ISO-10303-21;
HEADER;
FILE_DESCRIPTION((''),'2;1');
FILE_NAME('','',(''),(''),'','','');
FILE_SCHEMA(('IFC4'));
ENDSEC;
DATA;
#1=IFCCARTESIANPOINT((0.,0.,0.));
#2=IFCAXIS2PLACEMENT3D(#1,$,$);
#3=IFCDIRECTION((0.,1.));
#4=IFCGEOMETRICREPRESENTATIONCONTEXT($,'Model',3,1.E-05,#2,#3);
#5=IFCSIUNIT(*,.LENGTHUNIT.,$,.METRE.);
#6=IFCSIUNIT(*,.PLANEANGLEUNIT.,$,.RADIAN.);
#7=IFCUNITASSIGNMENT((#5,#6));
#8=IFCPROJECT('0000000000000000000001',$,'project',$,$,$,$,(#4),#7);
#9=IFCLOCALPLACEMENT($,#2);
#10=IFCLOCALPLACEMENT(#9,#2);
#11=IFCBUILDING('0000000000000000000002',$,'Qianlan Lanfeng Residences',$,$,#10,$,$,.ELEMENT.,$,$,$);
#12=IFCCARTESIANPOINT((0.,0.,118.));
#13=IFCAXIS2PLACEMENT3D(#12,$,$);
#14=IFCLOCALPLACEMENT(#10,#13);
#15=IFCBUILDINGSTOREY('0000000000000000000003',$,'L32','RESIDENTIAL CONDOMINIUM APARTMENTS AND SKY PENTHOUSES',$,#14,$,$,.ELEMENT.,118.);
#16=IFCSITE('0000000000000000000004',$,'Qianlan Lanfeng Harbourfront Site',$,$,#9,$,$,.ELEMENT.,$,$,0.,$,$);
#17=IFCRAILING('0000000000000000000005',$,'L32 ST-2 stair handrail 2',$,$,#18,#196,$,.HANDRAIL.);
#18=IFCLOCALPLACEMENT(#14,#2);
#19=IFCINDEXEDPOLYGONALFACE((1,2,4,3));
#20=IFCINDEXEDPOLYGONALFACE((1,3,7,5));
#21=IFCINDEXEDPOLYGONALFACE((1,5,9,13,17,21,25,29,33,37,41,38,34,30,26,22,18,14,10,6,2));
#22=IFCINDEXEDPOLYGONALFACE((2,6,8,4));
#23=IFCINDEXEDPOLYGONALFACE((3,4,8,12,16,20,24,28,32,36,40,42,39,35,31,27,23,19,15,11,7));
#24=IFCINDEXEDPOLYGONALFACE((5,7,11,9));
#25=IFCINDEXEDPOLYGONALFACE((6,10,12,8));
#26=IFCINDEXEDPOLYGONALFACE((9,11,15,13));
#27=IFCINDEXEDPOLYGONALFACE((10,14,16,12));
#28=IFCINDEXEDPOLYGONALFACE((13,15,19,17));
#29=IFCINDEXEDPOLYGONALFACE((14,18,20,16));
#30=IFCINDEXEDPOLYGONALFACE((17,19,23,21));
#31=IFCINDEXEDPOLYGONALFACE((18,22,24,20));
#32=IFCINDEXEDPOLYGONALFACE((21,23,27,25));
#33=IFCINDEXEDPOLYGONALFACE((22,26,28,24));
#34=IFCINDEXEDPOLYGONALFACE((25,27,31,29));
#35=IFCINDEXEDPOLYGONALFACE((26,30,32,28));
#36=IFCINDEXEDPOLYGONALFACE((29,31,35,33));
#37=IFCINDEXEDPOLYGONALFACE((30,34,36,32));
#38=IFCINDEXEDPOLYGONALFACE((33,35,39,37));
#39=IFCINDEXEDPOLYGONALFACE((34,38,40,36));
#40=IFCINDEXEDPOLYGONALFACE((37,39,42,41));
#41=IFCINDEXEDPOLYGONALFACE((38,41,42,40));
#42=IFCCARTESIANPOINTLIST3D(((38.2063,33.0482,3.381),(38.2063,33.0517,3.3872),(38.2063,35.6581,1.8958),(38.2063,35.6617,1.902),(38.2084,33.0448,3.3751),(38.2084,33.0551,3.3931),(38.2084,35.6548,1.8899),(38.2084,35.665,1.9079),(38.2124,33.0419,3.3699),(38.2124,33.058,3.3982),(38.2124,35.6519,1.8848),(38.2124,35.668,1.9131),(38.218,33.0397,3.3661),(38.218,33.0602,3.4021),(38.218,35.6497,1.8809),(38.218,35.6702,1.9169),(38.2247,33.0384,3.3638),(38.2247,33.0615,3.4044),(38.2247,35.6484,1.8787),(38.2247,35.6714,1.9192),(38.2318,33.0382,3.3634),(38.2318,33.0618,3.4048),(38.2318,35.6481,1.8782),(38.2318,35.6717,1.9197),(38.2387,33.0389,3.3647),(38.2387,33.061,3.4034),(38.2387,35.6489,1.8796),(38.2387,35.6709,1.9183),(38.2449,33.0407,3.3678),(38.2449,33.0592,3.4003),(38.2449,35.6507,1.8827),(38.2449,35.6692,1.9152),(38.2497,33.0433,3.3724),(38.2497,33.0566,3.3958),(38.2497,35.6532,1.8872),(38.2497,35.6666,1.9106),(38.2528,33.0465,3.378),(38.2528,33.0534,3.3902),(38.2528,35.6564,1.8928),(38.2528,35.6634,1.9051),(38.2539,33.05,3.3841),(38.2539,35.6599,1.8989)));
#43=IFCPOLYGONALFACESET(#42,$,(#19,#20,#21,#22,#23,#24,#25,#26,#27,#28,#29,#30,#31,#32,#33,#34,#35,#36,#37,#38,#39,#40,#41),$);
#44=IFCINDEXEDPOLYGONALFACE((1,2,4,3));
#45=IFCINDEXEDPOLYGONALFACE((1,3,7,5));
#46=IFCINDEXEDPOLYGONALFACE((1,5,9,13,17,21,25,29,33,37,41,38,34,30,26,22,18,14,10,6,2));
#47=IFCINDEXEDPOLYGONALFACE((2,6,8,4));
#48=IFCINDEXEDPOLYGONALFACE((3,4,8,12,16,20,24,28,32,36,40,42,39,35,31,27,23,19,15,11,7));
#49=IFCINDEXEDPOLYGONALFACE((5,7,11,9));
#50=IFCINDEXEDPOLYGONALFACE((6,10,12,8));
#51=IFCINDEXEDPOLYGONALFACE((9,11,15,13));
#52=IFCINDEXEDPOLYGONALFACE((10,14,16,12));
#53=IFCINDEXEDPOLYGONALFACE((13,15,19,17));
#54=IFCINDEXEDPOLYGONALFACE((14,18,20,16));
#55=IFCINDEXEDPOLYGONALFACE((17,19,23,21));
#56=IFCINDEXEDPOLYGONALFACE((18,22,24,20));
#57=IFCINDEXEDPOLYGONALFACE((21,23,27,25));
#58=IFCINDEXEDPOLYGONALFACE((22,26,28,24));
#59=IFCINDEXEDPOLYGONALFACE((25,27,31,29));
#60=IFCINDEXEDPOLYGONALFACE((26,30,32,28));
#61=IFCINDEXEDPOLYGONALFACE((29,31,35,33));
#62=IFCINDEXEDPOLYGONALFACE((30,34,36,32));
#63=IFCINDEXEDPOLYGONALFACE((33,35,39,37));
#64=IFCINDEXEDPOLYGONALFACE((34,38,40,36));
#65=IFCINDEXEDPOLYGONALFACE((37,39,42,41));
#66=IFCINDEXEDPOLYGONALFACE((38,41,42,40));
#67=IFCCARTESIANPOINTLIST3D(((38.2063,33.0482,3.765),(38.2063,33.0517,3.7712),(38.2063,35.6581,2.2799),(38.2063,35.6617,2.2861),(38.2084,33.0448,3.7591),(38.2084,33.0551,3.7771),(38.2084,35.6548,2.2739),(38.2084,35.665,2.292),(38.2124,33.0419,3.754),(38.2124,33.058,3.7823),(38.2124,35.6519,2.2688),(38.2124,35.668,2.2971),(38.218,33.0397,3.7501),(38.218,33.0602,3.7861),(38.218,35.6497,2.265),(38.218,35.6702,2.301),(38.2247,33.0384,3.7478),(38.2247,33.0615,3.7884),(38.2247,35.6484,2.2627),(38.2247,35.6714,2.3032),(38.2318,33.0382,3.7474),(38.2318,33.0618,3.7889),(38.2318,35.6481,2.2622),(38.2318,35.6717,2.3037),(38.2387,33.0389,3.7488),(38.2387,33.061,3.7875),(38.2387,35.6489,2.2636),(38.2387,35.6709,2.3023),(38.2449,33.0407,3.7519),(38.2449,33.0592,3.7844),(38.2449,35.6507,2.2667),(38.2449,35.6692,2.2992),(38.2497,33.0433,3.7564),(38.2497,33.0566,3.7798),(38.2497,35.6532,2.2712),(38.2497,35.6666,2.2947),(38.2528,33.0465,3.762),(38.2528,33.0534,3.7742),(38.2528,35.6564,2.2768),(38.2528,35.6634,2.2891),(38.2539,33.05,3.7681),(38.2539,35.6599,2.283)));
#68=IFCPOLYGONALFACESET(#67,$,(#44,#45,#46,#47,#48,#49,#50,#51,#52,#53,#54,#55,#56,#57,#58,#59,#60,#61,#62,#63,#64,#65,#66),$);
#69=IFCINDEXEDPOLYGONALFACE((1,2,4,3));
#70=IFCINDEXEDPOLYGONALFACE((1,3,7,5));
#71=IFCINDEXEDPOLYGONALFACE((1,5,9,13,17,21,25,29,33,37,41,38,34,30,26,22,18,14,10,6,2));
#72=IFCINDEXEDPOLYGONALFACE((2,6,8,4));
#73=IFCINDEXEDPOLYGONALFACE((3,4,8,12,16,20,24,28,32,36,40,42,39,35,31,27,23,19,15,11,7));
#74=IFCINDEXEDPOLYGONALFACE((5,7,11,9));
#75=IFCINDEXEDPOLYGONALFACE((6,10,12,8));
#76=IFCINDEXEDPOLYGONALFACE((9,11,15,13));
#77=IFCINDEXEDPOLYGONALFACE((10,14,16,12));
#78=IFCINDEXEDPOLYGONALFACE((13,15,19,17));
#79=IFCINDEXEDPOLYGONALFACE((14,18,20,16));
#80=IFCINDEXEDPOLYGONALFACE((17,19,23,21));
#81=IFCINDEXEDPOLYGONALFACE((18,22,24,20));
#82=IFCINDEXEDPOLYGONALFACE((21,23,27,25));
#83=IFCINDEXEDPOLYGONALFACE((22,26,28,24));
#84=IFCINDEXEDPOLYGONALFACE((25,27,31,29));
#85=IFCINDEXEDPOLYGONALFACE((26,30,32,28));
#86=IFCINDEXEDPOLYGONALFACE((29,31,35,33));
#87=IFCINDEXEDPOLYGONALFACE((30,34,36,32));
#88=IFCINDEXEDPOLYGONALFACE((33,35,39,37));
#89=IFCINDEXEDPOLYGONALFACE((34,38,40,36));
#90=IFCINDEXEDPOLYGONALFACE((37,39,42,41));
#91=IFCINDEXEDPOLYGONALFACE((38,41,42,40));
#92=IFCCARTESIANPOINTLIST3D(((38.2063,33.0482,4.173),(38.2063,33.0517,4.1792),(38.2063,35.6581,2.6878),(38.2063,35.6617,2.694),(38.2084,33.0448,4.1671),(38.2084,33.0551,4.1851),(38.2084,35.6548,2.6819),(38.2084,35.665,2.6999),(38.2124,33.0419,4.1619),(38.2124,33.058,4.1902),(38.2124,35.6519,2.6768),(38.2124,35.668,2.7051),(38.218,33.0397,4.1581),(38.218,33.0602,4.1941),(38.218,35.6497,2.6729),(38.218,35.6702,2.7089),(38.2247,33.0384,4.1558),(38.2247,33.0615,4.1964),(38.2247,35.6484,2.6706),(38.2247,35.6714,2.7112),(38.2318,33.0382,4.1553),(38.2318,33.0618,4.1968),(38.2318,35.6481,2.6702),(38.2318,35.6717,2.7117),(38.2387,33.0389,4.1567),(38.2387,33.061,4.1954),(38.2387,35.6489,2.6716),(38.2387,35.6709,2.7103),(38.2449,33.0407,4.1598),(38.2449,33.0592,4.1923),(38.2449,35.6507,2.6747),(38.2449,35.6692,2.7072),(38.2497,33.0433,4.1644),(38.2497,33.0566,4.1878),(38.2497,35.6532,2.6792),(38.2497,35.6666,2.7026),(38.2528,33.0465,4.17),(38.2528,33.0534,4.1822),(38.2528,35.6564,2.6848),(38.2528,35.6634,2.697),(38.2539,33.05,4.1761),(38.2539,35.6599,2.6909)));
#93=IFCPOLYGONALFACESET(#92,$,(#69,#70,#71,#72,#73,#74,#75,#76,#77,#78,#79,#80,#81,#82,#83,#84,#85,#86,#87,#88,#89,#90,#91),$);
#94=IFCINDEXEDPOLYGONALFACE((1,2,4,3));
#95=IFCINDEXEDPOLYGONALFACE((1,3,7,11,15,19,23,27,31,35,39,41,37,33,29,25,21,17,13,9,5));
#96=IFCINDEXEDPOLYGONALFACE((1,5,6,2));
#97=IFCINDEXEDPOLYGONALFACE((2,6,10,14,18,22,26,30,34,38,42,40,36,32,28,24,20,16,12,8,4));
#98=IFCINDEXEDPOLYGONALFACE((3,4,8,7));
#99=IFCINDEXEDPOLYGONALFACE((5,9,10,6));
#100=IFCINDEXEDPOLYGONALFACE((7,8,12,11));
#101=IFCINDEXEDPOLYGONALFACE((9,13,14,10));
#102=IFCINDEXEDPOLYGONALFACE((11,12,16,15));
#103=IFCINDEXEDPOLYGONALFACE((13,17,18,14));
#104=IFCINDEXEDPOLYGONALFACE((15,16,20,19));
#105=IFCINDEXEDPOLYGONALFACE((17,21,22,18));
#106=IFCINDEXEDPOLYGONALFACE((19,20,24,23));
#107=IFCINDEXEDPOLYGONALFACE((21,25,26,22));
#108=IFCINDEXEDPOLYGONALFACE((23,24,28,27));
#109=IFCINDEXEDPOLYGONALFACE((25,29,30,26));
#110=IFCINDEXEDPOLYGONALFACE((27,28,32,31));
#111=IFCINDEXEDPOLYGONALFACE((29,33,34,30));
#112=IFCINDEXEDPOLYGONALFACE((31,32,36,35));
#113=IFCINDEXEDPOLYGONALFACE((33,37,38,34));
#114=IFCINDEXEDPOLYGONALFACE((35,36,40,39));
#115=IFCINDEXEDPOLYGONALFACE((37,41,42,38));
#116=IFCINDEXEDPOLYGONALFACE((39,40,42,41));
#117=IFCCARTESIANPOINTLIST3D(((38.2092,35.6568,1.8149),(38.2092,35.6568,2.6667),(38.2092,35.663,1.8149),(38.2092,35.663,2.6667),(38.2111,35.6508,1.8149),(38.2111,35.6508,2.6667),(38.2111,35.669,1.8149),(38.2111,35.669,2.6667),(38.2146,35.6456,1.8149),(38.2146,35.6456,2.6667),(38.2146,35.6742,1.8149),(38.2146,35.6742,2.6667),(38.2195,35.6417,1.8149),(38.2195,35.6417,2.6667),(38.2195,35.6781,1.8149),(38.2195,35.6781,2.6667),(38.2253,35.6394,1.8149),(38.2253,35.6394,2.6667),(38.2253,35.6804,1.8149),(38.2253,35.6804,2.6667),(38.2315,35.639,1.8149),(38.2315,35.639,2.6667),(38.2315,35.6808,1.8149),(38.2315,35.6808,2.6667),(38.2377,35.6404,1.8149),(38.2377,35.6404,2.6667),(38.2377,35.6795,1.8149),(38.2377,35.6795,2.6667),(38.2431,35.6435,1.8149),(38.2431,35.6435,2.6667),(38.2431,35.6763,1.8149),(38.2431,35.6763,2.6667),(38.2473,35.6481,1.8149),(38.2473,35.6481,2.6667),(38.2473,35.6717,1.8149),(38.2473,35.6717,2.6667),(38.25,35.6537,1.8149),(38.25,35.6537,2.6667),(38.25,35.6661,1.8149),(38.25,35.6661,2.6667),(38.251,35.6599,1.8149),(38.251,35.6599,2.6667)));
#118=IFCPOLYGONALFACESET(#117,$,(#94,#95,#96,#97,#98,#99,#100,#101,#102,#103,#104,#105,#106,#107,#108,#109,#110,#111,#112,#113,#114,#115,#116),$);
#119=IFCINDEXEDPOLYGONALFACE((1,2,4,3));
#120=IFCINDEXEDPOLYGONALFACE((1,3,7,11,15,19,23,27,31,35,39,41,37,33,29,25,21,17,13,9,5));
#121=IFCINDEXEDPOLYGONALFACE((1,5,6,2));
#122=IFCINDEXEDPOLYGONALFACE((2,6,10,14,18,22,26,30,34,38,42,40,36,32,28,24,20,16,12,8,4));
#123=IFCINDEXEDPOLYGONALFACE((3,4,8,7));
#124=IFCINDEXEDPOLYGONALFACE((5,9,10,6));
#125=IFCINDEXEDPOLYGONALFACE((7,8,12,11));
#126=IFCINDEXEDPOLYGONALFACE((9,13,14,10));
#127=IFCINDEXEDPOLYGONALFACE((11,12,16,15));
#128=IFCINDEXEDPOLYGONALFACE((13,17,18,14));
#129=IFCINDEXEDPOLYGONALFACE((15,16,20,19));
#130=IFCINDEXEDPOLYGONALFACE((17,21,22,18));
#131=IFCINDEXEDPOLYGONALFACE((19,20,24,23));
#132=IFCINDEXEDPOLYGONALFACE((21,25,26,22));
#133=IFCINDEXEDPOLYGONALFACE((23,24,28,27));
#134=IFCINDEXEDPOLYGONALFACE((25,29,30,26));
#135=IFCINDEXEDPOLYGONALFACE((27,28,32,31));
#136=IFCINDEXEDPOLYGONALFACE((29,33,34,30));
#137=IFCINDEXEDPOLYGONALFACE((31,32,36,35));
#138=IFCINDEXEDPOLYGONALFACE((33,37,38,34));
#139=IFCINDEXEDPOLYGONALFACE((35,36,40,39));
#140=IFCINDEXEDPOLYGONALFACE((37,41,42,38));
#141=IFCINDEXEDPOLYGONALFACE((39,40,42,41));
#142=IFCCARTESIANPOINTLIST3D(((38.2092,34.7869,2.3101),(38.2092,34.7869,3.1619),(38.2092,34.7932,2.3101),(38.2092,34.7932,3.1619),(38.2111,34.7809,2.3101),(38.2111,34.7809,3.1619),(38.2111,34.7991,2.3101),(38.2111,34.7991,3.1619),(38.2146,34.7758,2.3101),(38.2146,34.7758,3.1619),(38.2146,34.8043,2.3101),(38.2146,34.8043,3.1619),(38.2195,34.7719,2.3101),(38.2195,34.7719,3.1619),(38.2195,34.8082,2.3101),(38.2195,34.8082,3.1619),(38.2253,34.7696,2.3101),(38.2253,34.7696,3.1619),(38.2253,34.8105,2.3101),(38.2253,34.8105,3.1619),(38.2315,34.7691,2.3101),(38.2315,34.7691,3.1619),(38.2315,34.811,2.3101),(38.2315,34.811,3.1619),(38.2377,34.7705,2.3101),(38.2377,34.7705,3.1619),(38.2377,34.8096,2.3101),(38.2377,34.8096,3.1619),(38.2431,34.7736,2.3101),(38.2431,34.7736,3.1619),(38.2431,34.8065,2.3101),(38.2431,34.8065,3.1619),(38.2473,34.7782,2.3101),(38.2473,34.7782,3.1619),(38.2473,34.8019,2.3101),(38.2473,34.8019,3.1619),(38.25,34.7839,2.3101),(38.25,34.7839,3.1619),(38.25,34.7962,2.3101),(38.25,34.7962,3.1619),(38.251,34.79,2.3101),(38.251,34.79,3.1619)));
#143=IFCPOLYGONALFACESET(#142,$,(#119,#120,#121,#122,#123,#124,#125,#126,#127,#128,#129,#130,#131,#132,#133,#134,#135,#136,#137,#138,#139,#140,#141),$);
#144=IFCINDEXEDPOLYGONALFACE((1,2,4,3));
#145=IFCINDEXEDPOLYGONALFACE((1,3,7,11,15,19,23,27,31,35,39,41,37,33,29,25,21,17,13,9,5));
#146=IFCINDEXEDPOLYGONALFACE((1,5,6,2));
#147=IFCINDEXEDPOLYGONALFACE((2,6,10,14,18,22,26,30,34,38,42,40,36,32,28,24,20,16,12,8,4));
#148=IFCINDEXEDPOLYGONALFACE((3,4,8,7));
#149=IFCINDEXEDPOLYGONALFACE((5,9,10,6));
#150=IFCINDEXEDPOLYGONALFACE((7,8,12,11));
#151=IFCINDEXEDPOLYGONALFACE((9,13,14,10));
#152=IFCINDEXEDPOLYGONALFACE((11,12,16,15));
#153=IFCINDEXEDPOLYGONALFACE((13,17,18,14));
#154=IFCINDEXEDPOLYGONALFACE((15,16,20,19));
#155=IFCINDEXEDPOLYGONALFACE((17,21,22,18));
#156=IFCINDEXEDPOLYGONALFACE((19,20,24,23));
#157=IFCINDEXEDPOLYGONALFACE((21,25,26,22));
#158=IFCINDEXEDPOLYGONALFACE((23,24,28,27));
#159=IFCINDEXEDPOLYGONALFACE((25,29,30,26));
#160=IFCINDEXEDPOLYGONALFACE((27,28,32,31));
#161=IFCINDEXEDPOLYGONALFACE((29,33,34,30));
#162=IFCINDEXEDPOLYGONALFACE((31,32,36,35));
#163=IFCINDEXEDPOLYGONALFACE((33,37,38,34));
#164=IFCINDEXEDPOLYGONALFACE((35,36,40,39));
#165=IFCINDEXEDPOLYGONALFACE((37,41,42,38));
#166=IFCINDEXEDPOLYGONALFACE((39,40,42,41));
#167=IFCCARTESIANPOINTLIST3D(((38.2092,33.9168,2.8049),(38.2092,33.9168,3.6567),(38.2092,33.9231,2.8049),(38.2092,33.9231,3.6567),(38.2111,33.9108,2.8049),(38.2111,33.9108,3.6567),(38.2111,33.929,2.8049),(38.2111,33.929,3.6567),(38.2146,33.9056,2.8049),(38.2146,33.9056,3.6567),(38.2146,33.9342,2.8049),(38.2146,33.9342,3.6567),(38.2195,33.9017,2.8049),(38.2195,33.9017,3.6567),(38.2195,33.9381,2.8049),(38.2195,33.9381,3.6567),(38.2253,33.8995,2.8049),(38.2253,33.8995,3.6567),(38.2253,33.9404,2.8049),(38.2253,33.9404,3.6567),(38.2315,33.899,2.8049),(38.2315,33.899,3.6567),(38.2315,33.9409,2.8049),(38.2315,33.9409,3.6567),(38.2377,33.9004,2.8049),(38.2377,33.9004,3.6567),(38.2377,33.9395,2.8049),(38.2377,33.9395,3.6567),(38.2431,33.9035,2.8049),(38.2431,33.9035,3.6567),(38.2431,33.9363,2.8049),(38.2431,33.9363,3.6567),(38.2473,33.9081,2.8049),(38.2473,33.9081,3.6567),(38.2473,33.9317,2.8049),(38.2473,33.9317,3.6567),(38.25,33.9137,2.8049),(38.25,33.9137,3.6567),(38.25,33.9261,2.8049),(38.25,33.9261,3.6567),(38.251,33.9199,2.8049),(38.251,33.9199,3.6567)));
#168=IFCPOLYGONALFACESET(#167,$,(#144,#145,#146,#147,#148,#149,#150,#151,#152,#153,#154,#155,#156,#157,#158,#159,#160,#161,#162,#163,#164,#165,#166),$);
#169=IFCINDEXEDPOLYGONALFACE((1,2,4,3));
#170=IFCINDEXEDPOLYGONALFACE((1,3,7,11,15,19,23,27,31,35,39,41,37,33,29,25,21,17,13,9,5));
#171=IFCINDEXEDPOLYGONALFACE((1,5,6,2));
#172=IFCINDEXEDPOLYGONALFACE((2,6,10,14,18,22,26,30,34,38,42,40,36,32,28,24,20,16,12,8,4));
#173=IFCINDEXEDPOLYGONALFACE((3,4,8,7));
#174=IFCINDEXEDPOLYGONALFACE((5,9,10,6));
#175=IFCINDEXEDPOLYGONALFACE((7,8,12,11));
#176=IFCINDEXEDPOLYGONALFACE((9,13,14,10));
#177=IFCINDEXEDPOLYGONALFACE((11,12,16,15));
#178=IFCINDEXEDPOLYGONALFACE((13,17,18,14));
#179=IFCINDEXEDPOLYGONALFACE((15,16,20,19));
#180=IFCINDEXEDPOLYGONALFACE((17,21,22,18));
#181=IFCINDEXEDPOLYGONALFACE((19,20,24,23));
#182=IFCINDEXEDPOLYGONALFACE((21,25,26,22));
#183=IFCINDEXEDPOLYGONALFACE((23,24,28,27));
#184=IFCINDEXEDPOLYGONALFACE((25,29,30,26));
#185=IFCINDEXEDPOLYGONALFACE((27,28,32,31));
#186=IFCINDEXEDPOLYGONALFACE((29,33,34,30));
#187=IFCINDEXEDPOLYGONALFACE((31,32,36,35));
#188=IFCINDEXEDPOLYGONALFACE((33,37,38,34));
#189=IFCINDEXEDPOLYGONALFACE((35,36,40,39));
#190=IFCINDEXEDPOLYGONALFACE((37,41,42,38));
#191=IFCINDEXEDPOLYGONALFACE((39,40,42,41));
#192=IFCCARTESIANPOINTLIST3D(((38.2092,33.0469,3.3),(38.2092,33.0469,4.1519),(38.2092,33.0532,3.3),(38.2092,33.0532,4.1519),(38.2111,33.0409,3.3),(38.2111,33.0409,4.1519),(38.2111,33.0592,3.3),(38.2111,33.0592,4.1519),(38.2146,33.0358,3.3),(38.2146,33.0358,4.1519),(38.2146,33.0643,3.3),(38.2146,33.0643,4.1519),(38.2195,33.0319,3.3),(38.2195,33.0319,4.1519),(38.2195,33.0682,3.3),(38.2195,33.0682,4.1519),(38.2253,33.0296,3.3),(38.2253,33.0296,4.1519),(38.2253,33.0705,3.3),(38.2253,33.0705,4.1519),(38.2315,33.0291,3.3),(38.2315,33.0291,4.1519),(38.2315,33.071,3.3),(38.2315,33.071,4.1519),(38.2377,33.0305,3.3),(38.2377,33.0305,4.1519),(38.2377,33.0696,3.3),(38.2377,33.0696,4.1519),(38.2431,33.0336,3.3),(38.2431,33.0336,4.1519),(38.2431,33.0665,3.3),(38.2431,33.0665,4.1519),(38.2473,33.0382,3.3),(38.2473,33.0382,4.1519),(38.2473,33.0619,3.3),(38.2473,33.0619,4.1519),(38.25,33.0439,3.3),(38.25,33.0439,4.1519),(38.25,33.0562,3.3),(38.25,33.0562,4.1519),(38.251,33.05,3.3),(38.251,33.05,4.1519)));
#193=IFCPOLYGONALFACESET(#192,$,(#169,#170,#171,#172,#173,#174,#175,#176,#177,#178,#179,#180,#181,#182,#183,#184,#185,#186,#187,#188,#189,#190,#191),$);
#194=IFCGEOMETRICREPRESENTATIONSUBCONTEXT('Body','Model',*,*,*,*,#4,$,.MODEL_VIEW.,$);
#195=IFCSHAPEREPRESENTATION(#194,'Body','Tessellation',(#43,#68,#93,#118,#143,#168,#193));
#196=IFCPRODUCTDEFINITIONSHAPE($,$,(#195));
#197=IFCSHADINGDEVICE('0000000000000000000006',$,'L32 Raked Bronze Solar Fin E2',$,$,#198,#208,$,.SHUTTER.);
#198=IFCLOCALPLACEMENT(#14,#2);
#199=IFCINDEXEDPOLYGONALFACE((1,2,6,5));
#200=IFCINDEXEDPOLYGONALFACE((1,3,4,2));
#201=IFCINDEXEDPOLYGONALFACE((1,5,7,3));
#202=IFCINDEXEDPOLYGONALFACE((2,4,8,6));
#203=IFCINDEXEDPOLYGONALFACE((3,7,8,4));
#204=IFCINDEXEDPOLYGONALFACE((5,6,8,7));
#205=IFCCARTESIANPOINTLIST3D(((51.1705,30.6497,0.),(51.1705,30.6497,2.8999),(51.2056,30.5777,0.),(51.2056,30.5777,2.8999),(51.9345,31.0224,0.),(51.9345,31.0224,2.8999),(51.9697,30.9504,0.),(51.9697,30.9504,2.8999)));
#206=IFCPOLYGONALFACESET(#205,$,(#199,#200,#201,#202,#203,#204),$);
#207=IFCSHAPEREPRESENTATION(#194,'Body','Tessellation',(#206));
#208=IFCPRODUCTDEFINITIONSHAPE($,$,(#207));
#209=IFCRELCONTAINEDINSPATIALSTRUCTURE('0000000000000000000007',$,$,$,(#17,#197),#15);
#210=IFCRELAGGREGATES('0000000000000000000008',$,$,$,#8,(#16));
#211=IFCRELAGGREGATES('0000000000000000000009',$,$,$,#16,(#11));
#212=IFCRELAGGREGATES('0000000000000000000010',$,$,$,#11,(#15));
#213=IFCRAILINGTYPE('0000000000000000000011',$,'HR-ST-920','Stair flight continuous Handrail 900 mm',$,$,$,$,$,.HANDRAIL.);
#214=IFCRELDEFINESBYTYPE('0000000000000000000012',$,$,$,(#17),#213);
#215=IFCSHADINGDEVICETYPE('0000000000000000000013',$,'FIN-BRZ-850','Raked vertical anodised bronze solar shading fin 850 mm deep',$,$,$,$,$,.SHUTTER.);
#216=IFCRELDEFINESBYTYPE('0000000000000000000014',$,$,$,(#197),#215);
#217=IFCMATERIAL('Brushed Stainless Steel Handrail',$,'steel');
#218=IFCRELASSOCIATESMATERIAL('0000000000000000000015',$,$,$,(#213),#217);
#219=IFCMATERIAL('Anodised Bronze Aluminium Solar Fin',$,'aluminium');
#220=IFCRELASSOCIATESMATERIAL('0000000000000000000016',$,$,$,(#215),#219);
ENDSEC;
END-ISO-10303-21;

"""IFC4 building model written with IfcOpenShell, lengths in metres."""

from ifc_helpers import new_model, si_unit, direction, frame, origin, origin_2d, place, context, subcontext, project, spatial, rectangle, circle, extrude, source, transform, mapped, material, type_object, element, save


model = new_model("IFC4")

# Units and contexts
model_context = context("Model", 3, precision=1e-05, world=origin(), true_north=direction((0.0, 1.0)))
body_context = subcontext(model_context, "Body", "Model", "MODEL_VIEW")
ifc_project = project(units=[si_unit("LENGTHUNIT", "METRE"), si_unit("PLANEANGLEUNIT", "RADIAN")], contexts=[model_context])

# Site, building, storey
site_placement = place(None, origin())
site = spatial("IfcSite", under=ifc_project, at=site_placement, Name="Qianlan Lanfeng Harbourfront Site", CompositionType="ELEMENT", RefElevation=0.0)
building_placement = place(site_placement, origin())
building = spatial("IfcBuilding", under=site, at=building_placement, Name="Qianlan Lanfeng Residences", CompositionType="ELEMENT")
storey_placement = place(building_placement, frame((0.0, 0.0, 118.0)))
storey = spatial("IfcBuildingStorey", under=building, at=storey_placement, Name="L32", Description="RESIDENTIAL CONDOMINIUM APARTMENTS AND SKY PENTHOUSES", CompositionType="ELEMENT", Elevation=118.0)

# Railing
ifc_material_1 = material(Name="Brushed Stainless Steel Handrail", Category="steel")
railing_type_1 = type_object("IfcRailingType", Name="HR-ST-920", Description="Stair flight continuous Handrail 900 mm", PredefinedType="HANDRAIL", material=ifc_material_1)
railing_1_placement = place(storey_placement, frame((38.23, 35.6599, 1.8149)))
element("IfcRailing", 1, at=railing_1_placement, inside=storey, type_object=railing_type_1, Name="L32 ST-2 stair handrail 2", PredefinedType="HANDRAIL", context=body_context, shape_type="SweptSolid", body=[
    extrude(circle(Radius=0.0239, at=origin_2d()), frame((0.0, 0.0, 0.084), z_axis=(0.0, -0.869137, 0.494571), x_axis=(1.0, 0.0, 0.0)), (0.0, 0.0, 1.0), 3.0029),
    extrude(circle(Radius=0.0239, at=origin_2d()), frame((0.0, 0.0, 0.468), z_axis=(0.0, -0.869137, 0.494571), x_axis=(1.0, 0.0, 0.0)), (0.0, 0.0, 1.0), 3.0029),
    extrude(circle(Radius=0.0239, at=origin_2d()), frame((0.0, 0.0, 0.876), z_axis=(0.0, -0.869137, 0.494571), x_axis=(1.0, 0.0, 0.0)), (0.0, 0.0, 1.0), 3.0029),
    extrude(circle(Radius=0.021, at=origin_2d()), origin(), (0.0, 0.0, 1.0), 0.8518),
    extrude(circle(Radius=0.021, at=origin_2d()), frame((0.0, -0.8699, 0.4951)), (0.0, 0.0, 1.0), 0.8518),
    extrude(circle(Radius=0.021, at=origin_2d()), frame((0.0, -1.74, 0.99)), (0.0, 0.0, 1.0), 0.8518),
    extrude(circle(Radius=0.021, at=origin_2d()), frame((0.0, -2.6099, 1.4851)), (0.0, 0.0, 1.0), 0.8518),
])

# Shading device
ifc_material_2 = material(Name="Anodised Bronze Aluminium Solar Fin", Category="aluminium")
shading_device_type = type_object("IfcShadingDeviceType", Name="FIN-BRZ-850", Description="Raked vertical anodised bronze solar shading fin 850 mm deep", PredefinedType="SHUTTER", material=ifc_material_2)
shared_shape_1 = source(origin(), body_context, "Body", "SweptSolid", [
    extrude(rectangle(XDim=0.8501, YDim=0.0801, at=origin_2d()), origin(), (0.0, 0.0, 1.0), 2.8999),
])
shading_device_placement = place(storey_placement, frame((51.5701, 30.8, 0.0), z_axis=(0.0, 0.0, 1.0), x_axis=(0.898794, 0.438371, 0.0)))
element("IfcShadingDevice", 2, at=shading_device_placement, inside=storey, type_object=shading_device_type, Name="L32 Raked Bronze Solar Fin E2", PredefinedType="SHUTTER", context=body_context, shape_type="MappedRepresentation", body=[
    mapped(shared_shape_1, transform((0.0, 0.0, 0.0), scale=1.0)),
])

save(model, "model.ifc")
